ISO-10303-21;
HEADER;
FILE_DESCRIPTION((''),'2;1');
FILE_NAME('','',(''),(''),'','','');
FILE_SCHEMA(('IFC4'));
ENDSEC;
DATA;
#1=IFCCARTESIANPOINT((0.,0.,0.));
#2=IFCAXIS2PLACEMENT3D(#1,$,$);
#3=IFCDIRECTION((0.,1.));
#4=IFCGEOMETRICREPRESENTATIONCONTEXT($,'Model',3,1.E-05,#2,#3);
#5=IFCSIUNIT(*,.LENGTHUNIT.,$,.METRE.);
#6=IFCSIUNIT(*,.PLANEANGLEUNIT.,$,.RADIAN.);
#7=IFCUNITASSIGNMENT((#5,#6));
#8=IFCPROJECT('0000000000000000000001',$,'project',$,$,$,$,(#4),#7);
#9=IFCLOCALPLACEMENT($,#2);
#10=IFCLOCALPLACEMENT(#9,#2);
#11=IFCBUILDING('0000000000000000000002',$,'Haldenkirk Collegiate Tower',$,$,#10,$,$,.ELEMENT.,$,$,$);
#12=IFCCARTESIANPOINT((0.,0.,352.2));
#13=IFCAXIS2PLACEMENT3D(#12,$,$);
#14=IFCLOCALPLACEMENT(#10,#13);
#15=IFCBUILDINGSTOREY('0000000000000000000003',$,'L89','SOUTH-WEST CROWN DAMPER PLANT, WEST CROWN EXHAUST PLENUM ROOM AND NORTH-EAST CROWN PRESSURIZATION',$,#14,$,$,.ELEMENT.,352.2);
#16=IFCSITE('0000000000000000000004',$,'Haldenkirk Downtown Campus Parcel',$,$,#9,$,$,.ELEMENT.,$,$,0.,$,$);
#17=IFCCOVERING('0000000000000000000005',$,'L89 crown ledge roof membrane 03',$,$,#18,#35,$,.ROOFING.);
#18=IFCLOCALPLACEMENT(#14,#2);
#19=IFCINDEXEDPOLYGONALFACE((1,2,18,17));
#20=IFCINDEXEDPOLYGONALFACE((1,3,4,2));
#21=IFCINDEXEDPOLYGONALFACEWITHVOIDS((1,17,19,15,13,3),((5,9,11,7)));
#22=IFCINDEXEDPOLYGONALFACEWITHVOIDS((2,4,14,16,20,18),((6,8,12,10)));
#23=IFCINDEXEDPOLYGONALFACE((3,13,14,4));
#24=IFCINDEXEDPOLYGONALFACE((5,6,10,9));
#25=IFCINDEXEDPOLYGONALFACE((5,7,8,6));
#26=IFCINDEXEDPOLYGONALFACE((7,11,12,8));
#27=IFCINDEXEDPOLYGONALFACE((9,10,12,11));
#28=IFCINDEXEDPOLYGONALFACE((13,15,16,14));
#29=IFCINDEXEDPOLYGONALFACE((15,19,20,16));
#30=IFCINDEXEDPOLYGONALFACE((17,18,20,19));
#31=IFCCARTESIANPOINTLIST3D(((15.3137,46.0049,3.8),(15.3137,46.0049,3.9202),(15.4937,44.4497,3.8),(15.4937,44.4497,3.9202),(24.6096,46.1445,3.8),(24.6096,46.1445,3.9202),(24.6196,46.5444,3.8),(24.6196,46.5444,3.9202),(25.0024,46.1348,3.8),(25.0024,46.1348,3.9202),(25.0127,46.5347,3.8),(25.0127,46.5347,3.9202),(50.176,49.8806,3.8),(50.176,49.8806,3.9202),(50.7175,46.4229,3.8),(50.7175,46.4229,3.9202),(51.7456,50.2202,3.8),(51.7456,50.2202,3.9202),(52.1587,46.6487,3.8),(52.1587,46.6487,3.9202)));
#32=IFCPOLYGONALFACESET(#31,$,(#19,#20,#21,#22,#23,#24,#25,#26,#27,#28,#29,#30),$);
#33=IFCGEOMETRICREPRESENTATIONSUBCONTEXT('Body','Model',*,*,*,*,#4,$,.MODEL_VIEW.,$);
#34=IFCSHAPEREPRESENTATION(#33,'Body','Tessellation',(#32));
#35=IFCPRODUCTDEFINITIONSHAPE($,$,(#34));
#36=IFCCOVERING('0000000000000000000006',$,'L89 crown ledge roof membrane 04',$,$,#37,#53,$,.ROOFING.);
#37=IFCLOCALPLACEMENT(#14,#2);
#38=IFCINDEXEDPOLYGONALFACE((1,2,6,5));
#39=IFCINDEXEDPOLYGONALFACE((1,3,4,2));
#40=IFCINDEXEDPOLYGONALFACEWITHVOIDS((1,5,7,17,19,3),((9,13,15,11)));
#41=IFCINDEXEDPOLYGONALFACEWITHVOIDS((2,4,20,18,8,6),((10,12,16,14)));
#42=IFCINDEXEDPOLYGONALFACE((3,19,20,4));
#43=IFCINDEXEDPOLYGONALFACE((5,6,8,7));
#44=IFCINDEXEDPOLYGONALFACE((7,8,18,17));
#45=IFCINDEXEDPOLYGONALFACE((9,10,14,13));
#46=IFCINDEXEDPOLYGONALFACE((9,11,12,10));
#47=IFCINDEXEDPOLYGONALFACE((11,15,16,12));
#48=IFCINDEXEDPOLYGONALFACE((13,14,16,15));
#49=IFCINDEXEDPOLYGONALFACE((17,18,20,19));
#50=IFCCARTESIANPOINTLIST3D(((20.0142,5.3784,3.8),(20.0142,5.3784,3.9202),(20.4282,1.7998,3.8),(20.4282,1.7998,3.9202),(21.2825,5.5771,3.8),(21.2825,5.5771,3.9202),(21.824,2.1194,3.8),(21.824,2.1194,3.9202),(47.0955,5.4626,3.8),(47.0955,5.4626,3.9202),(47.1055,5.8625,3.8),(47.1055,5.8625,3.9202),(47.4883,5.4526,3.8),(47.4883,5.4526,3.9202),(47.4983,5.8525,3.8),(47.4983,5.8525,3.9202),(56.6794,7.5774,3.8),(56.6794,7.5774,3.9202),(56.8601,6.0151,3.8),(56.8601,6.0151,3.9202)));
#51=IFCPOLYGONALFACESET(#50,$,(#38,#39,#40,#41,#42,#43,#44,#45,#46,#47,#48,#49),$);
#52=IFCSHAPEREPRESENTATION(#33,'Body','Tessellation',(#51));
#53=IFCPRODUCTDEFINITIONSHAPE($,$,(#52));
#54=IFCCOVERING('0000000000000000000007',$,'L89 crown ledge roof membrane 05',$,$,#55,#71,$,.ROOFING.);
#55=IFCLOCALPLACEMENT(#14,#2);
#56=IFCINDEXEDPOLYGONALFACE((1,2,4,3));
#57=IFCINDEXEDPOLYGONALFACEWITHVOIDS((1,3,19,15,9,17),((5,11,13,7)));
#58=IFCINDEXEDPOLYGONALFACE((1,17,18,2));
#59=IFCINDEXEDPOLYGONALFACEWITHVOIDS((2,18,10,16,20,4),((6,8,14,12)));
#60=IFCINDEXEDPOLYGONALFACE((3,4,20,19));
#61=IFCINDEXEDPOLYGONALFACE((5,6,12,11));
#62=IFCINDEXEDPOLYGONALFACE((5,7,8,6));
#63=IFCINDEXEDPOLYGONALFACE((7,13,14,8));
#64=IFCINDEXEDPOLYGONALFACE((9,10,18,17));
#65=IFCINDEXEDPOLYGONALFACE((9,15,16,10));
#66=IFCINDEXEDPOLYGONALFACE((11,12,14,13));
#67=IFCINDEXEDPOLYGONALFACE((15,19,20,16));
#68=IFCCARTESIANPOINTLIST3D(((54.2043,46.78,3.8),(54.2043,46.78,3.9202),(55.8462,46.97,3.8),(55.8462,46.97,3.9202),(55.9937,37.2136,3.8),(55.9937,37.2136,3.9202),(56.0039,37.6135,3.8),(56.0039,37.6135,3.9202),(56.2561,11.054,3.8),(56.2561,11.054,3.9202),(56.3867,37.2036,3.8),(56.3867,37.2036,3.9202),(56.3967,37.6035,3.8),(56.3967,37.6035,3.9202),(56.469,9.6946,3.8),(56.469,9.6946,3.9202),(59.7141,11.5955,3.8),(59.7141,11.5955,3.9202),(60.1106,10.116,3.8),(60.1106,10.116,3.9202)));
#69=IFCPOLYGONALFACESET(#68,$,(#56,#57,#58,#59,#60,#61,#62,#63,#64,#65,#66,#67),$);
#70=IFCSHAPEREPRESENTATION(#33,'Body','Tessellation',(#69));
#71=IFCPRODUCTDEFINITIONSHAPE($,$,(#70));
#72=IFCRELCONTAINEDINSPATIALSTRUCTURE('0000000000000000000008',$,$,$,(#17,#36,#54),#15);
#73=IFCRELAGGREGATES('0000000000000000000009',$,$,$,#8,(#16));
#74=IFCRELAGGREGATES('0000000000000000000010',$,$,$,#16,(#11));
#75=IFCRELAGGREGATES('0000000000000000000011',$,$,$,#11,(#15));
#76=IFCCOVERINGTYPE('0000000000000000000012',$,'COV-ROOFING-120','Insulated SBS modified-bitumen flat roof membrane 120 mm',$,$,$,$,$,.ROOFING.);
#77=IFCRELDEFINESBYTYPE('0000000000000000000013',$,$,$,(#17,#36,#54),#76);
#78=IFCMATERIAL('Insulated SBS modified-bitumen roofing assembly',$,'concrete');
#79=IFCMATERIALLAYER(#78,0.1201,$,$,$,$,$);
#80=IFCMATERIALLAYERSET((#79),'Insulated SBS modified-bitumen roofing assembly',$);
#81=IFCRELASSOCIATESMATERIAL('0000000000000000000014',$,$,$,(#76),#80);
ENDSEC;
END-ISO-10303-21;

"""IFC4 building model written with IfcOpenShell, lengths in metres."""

from ifc_helpers import new_model, si_unit, direction, frame, origin, place, context, subcontext, project, spatial, polyline, outline, extrude, material, layer, layer_set, type_object, element, save


model = new_model("IFC4")

# Units and contexts
model_context = context("Model", 3, precision=1e-05, world=origin(), true_north=direction((0.0, 1.0)))
body_context = subcontext(model_context, "Body", "Model", "MODEL_VIEW")
ifc_project = project(units=[si_unit("LENGTHUNIT", "METRE"), si_unit("PLANEANGLEUNIT", "RADIAN")], contexts=[model_context])

# Site, building, storey
site_placement = place(None, origin())
site = spatial("IfcSite", under=ifc_project, at=site_placement, Name="Haldenkirk Downtown Campus Parcel", CompositionType="ELEMENT", RefElevation=0.0)
building_placement = place(site_placement, origin())
building = spatial("IfcBuilding", under=site, at=building_placement, Name="Haldenkirk Collegiate Tower", CompositionType="ELEMENT")
storey_placement = place(building_placement, frame((0.0, 0.0, 352.2)))
storey = spatial("IfcBuildingStorey", under=building, at=storey_placement, Name="L89", Description="SOUTH-WEST CROWN DAMPER PLANT, WEST CROWN EXHAUST PLENUM ROOM AND NORTH-EAST CROWN PRESSURIZATION", CompositionType="ELEMENT", Elevation=352.2)

# Coverings
ifc_material_1 = material(Name="Insulated SBS modified-bitumen roofing assembly", Category="concrete")
ifc_layer_1 = layer(ifc_material_1, 0.1201)
ifc_layer_set_1 = layer_set([ifc_layer_1], Name="Insulated SBS modified-bitumen roofing assembly")
covering_type = type_object("IfcCoveringType", Name="COV-ROOFING-120", Description="Insulated SBS modified-bitumen flat roof membrane 120 mm", PredefinedType="ROOFING", material=ifc_layer_set_1)
covering_1_placement = place(storey_placement, frame((0.0, 0.0, 3.8)))
element("IfcCovering", 1, at=covering_1_placement, inside=storey, type_object=covering_type, Name="L89 crown ledge roof membrane 03", PredefinedType="ROOFING", context=body_context, shape_type="SweptSolid", body=[
    extrude(outline(polyline([(51.7456, 50.2202), (15.3137, 46.0049), (15.4937, 44.4497), (50.176, 49.8806), (50.7175, 46.4229), (52.1587, 46.6487), (51.7456, 50.2202)]), holes=[polyline([(25.0127, 46.5347), (25.0024, 46.1348), (24.6096, 46.1445), (24.6196, 46.5444), (25.0127, 46.5347)])]), origin(), (0.0, 0.0, 1.0), 0.1201),
])
covering_2_placement = place(storey_placement, frame((0.0, 0.0, 3.8)))
element("IfcCovering", 2, at=covering_2_placement, inside=storey, type_object=covering_type, Name="L89 crown ledge roof membrane 04", PredefinedType="ROOFING", context=body_context, shape_type="SweptSolid", body=[
    extrude(outline(polyline([(20.4282, 1.7998), (56.8601, 6.0151), (56.6794, 7.5774), (21.824, 2.1194), (21.2825, 5.5771), (20.0142, 5.3784), (20.4282, 1.7998)]), holes=[polyline([(47.4983, 5.8525), (47.4883, 5.4526), (47.0955, 5.4626), (47.1055, 5.8625), (47.4983, 5.8525)])]), origin(), (0.0, 0.0, 1.0), 0.1201),
])
covering_3_placement = place(storey_placement, frame((0.0, 0.0, 3.8)))
element("IfcCovering", 3, at=covering_3_placement, inside=storey, type_object=covering_type, Name="L89 crown ledge roof membrane 05", PredefinedType="ROOFING", context=body_context, shape_type="SweptSolid", body=[
    extrude(outline(polyline([(60.1106, 10.116), (55.8462, 46.97), (54.2043, 46.78), (59.7141, 11.5955), (56.2561, 11.054), (56.469, 9.6946), (60.1106, 10.116)]), holes=[polyline([(56.3967, 37.6035), (56.3867, 37.2036), (55.9937, 37.2136), (56.0039, 37.6135), (56.3967, 37.6035)])]), origin(), (0.0, 0.0, 1.0), 0.1201),
])

save(model, "model.ifc")
